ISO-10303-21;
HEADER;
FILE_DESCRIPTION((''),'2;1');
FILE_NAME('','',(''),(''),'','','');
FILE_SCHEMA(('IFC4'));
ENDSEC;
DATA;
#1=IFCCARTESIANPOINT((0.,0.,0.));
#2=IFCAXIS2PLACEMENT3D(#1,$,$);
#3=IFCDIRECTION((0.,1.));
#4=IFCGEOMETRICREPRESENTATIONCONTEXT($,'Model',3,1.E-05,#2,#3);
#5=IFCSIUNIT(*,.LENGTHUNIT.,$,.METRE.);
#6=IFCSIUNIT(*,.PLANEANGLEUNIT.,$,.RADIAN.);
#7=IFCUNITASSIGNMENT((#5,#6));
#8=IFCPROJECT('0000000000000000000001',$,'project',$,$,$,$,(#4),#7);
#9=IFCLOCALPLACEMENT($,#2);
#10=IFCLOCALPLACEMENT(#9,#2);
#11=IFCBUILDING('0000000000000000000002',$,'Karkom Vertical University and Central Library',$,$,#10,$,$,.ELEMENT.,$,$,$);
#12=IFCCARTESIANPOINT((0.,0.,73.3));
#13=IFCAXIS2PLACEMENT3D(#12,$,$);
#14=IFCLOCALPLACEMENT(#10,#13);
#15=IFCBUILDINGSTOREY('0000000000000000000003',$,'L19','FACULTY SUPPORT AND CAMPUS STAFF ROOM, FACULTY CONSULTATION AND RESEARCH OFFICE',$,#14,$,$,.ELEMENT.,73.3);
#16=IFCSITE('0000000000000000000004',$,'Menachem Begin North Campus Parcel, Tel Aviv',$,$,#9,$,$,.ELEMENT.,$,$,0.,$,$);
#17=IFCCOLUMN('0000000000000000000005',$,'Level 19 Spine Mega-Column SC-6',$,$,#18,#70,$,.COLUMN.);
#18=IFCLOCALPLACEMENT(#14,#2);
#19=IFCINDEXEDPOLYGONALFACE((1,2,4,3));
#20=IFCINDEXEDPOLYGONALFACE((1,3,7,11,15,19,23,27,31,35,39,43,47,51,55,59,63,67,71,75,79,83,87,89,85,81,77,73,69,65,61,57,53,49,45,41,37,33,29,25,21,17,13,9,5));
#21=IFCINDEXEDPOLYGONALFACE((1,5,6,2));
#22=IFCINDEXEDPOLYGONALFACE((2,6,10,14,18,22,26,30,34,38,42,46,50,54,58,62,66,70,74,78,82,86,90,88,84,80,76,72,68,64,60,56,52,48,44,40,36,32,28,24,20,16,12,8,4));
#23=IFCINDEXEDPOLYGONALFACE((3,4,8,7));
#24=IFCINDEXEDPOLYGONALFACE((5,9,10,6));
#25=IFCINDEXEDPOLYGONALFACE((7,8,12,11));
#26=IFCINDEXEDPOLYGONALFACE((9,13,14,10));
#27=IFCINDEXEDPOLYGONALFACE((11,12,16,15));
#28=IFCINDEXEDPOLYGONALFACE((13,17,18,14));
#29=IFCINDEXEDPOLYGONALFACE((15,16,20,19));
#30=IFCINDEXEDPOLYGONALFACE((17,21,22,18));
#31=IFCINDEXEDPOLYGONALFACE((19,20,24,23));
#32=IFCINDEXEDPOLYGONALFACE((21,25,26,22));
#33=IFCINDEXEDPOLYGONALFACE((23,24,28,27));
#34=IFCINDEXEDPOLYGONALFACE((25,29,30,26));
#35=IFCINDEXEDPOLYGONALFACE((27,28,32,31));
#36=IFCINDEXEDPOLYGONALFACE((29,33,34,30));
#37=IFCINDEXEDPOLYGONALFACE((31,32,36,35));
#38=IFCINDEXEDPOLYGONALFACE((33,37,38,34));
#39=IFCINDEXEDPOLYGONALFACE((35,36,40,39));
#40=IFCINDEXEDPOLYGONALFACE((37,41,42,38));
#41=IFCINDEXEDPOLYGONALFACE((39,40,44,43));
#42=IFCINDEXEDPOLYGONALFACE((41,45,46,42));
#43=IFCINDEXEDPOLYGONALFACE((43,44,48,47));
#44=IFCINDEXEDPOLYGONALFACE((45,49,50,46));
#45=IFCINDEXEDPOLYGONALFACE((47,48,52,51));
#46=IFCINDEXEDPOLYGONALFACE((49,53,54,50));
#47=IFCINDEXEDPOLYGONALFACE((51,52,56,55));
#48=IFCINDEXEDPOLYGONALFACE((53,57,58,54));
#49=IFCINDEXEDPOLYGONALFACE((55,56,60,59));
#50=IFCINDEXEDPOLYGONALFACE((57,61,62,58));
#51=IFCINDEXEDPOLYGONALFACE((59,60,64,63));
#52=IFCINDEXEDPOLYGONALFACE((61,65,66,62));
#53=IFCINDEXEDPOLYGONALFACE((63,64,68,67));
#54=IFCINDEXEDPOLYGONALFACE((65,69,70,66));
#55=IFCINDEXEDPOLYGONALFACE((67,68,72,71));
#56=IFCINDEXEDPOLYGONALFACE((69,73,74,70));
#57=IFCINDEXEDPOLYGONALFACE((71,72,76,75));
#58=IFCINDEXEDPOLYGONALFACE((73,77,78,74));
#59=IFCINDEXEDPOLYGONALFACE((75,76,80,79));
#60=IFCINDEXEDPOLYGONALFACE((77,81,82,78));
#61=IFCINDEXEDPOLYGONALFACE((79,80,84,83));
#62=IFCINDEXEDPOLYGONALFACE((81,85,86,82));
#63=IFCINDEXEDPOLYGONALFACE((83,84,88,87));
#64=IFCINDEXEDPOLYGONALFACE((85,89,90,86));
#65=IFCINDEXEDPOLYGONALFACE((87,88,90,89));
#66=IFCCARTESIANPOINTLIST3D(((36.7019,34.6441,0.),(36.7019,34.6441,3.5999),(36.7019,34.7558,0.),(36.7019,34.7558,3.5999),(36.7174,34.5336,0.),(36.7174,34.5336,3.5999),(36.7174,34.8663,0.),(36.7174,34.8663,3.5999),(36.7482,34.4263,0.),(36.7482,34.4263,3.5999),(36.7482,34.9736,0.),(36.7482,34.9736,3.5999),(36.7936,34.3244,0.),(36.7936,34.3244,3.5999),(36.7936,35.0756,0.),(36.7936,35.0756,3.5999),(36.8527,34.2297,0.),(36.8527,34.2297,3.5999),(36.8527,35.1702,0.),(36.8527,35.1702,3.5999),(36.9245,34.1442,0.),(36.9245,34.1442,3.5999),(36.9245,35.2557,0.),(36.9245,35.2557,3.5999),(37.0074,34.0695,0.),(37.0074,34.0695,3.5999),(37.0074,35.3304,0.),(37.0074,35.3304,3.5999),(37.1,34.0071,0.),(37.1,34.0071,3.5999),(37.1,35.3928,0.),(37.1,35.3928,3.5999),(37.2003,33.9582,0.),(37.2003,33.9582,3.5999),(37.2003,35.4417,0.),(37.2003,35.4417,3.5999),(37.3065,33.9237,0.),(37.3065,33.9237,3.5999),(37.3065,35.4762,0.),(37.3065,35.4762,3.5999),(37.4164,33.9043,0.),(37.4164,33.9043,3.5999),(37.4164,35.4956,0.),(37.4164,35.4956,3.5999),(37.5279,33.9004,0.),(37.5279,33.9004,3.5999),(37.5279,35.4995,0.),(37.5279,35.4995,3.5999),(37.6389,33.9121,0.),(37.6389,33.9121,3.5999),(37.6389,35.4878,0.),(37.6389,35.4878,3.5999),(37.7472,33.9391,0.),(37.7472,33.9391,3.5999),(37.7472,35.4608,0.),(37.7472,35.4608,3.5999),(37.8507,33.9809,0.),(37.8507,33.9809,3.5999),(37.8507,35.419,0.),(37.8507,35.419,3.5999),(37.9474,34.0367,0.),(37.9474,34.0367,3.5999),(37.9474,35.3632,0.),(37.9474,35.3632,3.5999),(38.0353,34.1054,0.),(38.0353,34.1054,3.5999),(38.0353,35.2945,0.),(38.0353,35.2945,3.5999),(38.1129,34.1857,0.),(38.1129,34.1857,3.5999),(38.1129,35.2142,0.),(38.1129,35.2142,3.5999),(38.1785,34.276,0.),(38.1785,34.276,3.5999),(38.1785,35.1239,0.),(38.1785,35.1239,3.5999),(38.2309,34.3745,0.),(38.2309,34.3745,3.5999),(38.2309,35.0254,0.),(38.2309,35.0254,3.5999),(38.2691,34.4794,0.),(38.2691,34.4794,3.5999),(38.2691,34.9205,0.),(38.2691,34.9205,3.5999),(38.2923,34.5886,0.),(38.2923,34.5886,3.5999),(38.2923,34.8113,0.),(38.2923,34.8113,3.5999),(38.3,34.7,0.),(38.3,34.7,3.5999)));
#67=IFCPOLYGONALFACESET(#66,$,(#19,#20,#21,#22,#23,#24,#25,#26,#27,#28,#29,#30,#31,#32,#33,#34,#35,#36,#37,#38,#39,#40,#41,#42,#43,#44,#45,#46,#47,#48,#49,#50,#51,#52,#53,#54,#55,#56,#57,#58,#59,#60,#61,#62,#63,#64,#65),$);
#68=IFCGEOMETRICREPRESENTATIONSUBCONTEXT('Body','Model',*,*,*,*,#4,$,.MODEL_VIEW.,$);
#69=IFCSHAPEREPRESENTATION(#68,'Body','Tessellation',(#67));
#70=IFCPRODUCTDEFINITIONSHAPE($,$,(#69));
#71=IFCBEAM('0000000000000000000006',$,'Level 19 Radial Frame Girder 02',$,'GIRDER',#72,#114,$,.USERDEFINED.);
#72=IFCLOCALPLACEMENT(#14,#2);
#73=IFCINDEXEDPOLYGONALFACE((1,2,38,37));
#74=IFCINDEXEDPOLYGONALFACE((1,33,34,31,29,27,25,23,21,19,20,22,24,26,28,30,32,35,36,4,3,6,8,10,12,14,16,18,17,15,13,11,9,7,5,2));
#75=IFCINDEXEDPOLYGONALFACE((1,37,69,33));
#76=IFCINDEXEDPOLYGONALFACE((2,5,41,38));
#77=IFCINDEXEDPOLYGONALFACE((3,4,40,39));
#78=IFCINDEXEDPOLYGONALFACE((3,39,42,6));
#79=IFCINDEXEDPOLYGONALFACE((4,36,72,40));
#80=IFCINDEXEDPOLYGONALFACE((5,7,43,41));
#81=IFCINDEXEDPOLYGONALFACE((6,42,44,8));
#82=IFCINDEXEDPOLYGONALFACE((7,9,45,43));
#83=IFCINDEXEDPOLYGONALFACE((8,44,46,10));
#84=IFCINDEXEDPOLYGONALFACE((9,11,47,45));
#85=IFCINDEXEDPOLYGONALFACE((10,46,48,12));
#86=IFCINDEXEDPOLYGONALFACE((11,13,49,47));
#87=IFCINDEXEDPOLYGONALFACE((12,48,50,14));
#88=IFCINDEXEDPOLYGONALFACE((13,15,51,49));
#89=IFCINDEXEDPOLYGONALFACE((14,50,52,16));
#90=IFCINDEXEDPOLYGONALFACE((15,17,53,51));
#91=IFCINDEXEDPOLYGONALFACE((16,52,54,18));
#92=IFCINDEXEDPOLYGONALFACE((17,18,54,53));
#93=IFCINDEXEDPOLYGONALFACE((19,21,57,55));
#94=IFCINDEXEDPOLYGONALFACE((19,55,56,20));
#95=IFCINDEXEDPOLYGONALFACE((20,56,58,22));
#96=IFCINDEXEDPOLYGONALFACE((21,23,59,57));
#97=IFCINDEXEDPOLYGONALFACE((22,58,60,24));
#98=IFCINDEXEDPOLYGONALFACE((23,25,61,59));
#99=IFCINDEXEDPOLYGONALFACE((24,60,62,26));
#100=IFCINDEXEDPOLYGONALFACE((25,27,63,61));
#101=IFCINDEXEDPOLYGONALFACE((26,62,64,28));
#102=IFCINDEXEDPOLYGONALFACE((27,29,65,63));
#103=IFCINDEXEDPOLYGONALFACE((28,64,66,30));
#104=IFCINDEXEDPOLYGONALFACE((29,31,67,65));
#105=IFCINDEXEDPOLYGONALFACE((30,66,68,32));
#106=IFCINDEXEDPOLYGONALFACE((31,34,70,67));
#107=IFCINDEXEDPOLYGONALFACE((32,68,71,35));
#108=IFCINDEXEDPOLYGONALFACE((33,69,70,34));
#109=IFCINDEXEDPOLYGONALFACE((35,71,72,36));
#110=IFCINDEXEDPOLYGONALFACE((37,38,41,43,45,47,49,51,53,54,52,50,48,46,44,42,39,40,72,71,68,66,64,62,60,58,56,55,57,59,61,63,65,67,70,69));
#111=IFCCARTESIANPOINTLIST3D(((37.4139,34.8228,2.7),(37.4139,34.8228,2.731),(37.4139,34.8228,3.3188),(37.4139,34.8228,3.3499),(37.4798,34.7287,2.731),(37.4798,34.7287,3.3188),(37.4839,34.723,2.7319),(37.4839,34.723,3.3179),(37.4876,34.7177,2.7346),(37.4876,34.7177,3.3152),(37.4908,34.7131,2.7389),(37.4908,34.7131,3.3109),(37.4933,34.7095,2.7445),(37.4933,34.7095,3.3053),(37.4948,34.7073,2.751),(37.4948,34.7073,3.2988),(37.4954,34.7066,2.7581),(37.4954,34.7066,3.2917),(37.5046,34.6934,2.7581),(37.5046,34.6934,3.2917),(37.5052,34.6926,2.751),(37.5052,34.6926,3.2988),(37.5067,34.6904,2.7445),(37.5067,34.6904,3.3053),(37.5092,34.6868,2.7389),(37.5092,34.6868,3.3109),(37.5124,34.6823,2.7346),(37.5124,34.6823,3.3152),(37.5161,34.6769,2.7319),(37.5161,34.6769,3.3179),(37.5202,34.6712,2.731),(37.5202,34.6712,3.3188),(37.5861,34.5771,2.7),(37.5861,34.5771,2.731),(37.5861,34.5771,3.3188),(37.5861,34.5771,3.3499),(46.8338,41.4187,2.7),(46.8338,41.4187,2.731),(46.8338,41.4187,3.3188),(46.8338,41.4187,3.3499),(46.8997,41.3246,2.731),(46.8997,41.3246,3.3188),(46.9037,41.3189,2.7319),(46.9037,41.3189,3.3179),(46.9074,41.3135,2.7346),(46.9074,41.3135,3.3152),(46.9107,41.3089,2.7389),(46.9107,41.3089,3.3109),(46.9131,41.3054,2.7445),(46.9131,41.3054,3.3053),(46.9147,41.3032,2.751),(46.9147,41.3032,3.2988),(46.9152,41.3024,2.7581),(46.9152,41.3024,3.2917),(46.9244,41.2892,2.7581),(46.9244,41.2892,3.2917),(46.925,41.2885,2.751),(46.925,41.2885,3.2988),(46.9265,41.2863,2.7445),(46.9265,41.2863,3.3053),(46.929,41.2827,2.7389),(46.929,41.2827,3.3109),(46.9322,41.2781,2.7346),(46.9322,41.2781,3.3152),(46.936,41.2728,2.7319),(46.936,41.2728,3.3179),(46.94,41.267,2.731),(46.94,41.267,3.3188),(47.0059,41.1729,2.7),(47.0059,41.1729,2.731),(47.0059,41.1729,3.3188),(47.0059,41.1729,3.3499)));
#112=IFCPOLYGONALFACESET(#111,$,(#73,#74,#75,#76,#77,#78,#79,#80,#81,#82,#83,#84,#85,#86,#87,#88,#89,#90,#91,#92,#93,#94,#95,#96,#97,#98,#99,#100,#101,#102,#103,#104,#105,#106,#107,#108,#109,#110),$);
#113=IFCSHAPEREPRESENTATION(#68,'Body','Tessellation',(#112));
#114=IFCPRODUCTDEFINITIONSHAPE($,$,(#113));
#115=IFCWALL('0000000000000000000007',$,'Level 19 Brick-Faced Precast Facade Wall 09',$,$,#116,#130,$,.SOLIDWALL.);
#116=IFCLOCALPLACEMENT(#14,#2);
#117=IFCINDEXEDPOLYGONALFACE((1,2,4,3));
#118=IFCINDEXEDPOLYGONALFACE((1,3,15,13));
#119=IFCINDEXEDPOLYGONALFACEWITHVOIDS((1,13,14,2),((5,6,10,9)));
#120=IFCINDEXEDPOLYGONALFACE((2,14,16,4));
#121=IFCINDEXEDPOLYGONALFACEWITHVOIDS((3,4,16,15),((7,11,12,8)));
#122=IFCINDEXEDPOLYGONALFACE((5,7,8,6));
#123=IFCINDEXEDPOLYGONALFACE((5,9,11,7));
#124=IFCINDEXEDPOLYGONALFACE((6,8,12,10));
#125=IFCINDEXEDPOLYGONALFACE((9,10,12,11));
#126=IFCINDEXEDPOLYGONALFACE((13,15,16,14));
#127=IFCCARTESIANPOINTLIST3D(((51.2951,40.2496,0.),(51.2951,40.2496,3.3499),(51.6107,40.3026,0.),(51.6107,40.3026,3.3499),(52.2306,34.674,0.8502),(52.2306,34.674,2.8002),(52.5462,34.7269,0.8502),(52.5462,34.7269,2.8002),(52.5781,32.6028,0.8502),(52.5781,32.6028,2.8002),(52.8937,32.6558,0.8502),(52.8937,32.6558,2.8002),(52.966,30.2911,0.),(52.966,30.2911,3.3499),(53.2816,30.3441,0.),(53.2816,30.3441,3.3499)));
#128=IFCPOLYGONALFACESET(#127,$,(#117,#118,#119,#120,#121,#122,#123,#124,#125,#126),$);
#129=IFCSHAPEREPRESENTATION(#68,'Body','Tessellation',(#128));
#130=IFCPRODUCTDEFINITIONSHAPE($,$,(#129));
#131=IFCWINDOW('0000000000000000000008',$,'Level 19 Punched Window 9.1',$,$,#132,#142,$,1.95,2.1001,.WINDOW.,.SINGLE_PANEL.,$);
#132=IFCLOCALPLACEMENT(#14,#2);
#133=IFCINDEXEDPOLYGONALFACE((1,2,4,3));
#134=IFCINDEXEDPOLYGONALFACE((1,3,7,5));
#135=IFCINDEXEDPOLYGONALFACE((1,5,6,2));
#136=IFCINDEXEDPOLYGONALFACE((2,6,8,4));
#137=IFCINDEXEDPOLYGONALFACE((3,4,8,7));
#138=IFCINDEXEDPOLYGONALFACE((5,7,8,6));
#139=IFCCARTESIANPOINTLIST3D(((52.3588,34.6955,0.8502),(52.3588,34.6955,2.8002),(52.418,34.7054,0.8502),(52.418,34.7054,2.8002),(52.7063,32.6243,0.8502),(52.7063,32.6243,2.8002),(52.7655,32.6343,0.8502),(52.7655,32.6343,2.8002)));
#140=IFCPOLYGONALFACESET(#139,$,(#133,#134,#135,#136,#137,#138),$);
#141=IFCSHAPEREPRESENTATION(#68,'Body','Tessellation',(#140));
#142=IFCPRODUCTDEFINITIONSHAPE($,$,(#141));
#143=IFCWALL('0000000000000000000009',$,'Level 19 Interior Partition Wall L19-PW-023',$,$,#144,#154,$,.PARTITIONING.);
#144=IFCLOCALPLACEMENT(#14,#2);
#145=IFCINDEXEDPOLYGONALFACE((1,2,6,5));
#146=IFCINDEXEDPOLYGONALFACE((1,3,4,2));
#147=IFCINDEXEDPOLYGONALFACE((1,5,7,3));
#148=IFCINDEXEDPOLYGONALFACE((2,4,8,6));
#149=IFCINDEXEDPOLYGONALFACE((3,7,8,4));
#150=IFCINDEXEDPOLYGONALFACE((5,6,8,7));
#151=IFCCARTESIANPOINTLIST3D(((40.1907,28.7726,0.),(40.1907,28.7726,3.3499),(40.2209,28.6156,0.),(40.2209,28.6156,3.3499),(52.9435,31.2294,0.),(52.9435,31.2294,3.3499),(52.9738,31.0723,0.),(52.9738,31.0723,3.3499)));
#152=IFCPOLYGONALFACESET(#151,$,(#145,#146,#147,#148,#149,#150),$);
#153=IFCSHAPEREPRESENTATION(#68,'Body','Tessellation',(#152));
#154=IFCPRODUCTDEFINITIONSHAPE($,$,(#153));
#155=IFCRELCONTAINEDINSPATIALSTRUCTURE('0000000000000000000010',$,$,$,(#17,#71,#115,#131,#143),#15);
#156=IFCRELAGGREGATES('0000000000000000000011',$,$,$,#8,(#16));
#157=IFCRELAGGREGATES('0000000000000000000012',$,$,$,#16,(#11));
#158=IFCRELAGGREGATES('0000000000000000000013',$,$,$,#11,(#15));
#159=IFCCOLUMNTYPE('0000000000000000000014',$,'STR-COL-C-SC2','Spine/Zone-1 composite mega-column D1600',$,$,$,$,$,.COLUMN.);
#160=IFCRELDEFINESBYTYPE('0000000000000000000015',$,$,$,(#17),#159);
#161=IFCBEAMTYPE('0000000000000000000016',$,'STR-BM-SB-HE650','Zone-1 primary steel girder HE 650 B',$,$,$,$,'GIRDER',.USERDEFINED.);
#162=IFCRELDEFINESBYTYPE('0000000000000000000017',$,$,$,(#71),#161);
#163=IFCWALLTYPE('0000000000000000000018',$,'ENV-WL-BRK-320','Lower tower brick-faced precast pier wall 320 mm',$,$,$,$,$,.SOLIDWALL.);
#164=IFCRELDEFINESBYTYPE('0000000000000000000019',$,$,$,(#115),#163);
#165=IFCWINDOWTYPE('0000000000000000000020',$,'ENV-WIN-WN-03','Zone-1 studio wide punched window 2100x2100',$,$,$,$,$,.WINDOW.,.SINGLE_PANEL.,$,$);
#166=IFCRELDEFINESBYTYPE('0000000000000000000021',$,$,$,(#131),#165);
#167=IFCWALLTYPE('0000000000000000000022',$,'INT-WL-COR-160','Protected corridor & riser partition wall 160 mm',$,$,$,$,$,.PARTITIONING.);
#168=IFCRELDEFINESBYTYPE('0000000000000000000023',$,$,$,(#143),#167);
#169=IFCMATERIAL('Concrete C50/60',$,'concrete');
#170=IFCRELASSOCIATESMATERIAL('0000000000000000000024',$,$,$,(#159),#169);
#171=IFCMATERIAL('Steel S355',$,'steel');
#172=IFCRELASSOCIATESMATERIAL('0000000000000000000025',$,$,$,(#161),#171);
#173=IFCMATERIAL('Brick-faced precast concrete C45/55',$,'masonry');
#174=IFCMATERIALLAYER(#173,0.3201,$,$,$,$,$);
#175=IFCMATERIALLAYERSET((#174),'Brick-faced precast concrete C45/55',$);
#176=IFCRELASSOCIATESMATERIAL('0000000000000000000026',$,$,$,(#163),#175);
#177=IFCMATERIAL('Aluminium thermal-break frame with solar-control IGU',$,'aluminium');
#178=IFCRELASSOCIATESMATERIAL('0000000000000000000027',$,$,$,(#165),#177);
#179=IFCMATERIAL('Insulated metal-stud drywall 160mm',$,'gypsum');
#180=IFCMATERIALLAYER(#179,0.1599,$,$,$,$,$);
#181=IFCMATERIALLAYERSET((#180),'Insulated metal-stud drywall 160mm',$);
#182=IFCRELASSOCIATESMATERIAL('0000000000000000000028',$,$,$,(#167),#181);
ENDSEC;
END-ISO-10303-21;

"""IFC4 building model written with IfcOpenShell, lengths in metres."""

from ifc_helpers import new_model, si_unit, direction, frame, frame_2d, origin, origin_with_axes, origin_2d, place, context, subcontext, project, spatial, rectangle, circle, i_section, extrude, source, transform, mapped, material, layer, layer_set, material_profile, profile_set, type_object, element, fill, save


model = new_model("IFC4")

# Units and contexts
model_context = context("Model", 3, precision=1e-05, world=origin(), true_north=direction((0.0, 1.0)))
body_context = subcontext(model_context, "Body", "Model", "MODEL_VIEW")
ifc_project = project(units=[si_unit("LENGTHUNIT", "METRE"), si_unit("PLANEANGLEUNIT", "RADIAN")], contexts=[model_context])

# Site, building, storey
site_placement = place(None, origin())
site = spatial("IfcSite", under=ifc_project, at=site_placement, Name="Menachem Begin North Campus Parcel, Tel Aviv", CompositionType="ELEMENT", RefElevation=0.0)
building_placement = place(site_placement, origin())
building = spatial("IfcBuilding", under=site, at=building_placement, Name="Karkom Vertical University and Central Library", CompositionType="ELEMENT")
storey_placement = place(building_placement, frame((0.0, 0.0, 73.3)))
storey = spatial("IfcBuildingStorey", under=building, at=storey_placement, Name="L19", Description="FACULTY SUPPORT AND CAMPUS STAFF ROOM, FACULTY CONSULTATION AND RESEARCH OFFICE", CompositionType="ELEMENT", Elevation=73.3)

# Column
ifc_material_1 = material(Name="Concrete C50/60", Category="concrete")
ifc_material_profile_1 = material_profile(ifc_material_1, circle(Radius=0.8, at=origin_2d()), Name="CFT-D1600")
ifc_profile_set_1 = profile_set([ifc_material_profile_1], Name="Concrete C50/60")
column_type = type_object("IfcColumnType", Name="STR-COL-C-SC2", Description="Spine/Zone-1 composite mega-column D1600", PredefinedType="COLUMN", material=ifc_profile_set_1)
shared_shape_1 = source(origin_with_axes(), body_context, "Body", "SweptSolid", [
    extrude(circle(Radius=0.8, at=origin_2d()), origin(), (0.0, 0.0, 1.0), 3.5999),
])
column_placement = place(storey_placement, frame((37.5, 34.7, 0.0), z_axis=(0.0, 0.0, 1.0), x_axis=(1.0, 0.0, 0.0)))
element("IfcColumn", 1, at=column_placement, inside=storey, type_object=column_type, Name="Level 19 Spine Mega-Column SC-6", PredefinedType="COLUMN", context=body_context, shape_type="MappedRepresentation", body=[
    mapped(shared_shape_1, transform((0.0, 0.0, 0.0), scale=1.0)),
])

# Beam
ifc_material_2 = material(Name="Steel S355", Category="steel")
ifc_material_profile_2 = material_profile(ifc_material_2, i_section(OverallWidth=0.3, OverallDepth=0.6499, WebThickness=0.0161, FlangeThickness=0.031, FilletRadius=0.0271, at=origin_2d()), Name="HE 650 B")
ifc_profile_set_2 = profile_set([ifc_material_profile_2], Name="Steel S355")
beam_type = type_object("IfcBeamType", Name="STR-BM-SB-HE650", Description="Zone-1 primary steel girder HE 650 B", ElementType="GIRDER", PredefinedType="USERDEFINED", material=ifc_profile_set_2)
shared_shape_2 = source(origin_with_axes(), body_context, "Body", "SweptSolid", [
    extrude(i_section(OverallWidth=0.3, OverallDepth=0.6499, WebThickness=0.0161, FlangeThickness=0.031, FilletRadius=0.0271, at=origin_2d()), origin(), (0.0, 0.0, 1.0), 11.4995),
])
beam_placement = place(storey_placement, frame((37.5, 34.7, 3.0249), z_axis=(0.81915, 0.573579, 0.0), x_axis=(-0.573579, 0.81915, 0.0)))
element("IfcBeam", 2, at=beam_placement, inside=storey, type_object=beam_type, Name="Level 19 Radial Frame Girder 02", ObjectType="GIRDER", PredefinedType="USERDEFINED", context=body_context, shape_type="MappedRepresentation", body=[
    mapped(shared_shape_2, transform((0.0, 0.0, 0.0), scale=1.0)),
])

# Wall, opening, window
ifc_material_3 = material(Name="Brick-faced precast concrete C45/55", Category="masonry")
ifc_layer_1 = layer(ifc_material_3, 0.3201)
ifc_layer_set_1 = layer_set([ifc_layer_1], Name="Brick-faced precast concrete C45/55")
wall_type_1 = type_object("IfcWallType", Name="ENV-WL-BRK-320", Description="Lower tower brick-faced precast pier wall 320 mm", PredefinedType="SOLIDWALL", material=ifc_layer_set_1)
wall_1_placement = place(storey_placement, frame((53.1238, 30.3176, 0.0), z_axis=(0.0, 0.0, 1.0), x_axis=(-0.165473, 0.986214, 0.0)))
wall_1 = element("IfcWall", 3, at=wall_1_placement, inside=storey, type_object=wall_type_1, Name="Level 19 Brick-Faced Precast Facade Wall 09", PredefinedType="SOLIDWALL", context=body_context, shape_type="SweptSolid", body=[
    extrude(rectangle(XDim=10.0977, YDim=0.3201, at=frame_2d((5.0488, 0.0))), origin(), (0.0, 0.0, 1.0), 3.3499),
])
opening_1_placement = place(wall_1_placement, frame((2.344, 0.0, 0.8501)))
opening_1 = element("IfcOpeningElement", 4, at=opening_1_placement, cuts=wall_1, PredefinedType="OPENING", context=body_context, shape_type="SweptSolid", body=[
    extrude(rectangle(XDim=2.1001, YDim=1.95, at=frame_2d((1.05, 0.9751))), frame((0.0, 0.1699, 0.0), z_axis=(0.0, -1.0, 0.0), x_axis=(1.0, 0.0, 0.0)), (0.0, 0.0, 1.0), 0.3401),
])
ifc_material_4 = material(Name="Aluminium thermal-break frame with solar-control IGU", Category="aluminium")
window_type = type_object("IfcWindowType", Name="ENV-WIN-WN-03", Description="Zone-1 studio wide punched window 2100x2100", PartitioningType="SINGLE_PANEL", PredefinedType="WINDOW", material=ifc_material_4)
shared_shape_3 = source(origin_with_axes(), body_context, "Body", "SweptSolid", [
    extrude(rectangle(XDim=2.1001, YDim=1.95, at=frame_2d((1.05, 0.9751))), frame((0.0, 0.03, 0.0), z_axis=(0.0, -1.0, 0.0), x_axis=(1.0, 0.0, 0.0)), (0.0, 0.0, 1.0), 0.0601),
])
window_placement = place(opening_1_placement, origin())
window = element("IfcWindow", 5, at=window_placement, inside=storey, type_object=window_type, Name="Level 19 Punched Window 9.1", OverallHeight=1.95, OverallWidth=2.1001, PartitioningType="SINGLE_PANEL", PredefinedType="WINDOW", context=body_context, shape_type="MappedRepresentation", body=[
    mapped(shared_shape_3, transform((0.0, 0.0, 0.0), scale=1.0)),
])
fill(opening_1, window)

# Wall
ifc_material_5 = material(Name="Insulated metal-stud drywall 160mm", Category="gypsum")
ifc_layer_2 = layer(ifc_material_5, 0.1599)
ifc_layer_set_2 = layer_set([ifc_layer_2], Name="Insulated metal-stud drywall 160mm")
wall_type_2 = type_object("IfcWallType", Name="INT-WL-COR-160", Description="Protected corridor & riser partition wall 160 mm", PredefinedType="PARTITIONING", material=ifc_layer_set_2)
wall_2_placement = place(storey_placement, frame((40.2058, 28.6941, 0.0), z_axis=(0.0, 0.0, 1.0), x_axis=(0.981945, 0.189167, 0.0)))
element("IfcWall", 6, at=wall_2_placement, inside=storey, type_object=wall_type_2, Name="Level 19 Interior Partition Wall L19-PW-023", PredefinedType="PARTITIONING", context=body_context, shape_type="SweptSolid", body=[
    extrude(rectangle(XDim=12.9873, YDim=0.1599, at=frame_2d((6.4937, 0.0))), origin(), (0.0, 0.0, 1.0), 3.3499),
])

save(model, "model.ifc")
